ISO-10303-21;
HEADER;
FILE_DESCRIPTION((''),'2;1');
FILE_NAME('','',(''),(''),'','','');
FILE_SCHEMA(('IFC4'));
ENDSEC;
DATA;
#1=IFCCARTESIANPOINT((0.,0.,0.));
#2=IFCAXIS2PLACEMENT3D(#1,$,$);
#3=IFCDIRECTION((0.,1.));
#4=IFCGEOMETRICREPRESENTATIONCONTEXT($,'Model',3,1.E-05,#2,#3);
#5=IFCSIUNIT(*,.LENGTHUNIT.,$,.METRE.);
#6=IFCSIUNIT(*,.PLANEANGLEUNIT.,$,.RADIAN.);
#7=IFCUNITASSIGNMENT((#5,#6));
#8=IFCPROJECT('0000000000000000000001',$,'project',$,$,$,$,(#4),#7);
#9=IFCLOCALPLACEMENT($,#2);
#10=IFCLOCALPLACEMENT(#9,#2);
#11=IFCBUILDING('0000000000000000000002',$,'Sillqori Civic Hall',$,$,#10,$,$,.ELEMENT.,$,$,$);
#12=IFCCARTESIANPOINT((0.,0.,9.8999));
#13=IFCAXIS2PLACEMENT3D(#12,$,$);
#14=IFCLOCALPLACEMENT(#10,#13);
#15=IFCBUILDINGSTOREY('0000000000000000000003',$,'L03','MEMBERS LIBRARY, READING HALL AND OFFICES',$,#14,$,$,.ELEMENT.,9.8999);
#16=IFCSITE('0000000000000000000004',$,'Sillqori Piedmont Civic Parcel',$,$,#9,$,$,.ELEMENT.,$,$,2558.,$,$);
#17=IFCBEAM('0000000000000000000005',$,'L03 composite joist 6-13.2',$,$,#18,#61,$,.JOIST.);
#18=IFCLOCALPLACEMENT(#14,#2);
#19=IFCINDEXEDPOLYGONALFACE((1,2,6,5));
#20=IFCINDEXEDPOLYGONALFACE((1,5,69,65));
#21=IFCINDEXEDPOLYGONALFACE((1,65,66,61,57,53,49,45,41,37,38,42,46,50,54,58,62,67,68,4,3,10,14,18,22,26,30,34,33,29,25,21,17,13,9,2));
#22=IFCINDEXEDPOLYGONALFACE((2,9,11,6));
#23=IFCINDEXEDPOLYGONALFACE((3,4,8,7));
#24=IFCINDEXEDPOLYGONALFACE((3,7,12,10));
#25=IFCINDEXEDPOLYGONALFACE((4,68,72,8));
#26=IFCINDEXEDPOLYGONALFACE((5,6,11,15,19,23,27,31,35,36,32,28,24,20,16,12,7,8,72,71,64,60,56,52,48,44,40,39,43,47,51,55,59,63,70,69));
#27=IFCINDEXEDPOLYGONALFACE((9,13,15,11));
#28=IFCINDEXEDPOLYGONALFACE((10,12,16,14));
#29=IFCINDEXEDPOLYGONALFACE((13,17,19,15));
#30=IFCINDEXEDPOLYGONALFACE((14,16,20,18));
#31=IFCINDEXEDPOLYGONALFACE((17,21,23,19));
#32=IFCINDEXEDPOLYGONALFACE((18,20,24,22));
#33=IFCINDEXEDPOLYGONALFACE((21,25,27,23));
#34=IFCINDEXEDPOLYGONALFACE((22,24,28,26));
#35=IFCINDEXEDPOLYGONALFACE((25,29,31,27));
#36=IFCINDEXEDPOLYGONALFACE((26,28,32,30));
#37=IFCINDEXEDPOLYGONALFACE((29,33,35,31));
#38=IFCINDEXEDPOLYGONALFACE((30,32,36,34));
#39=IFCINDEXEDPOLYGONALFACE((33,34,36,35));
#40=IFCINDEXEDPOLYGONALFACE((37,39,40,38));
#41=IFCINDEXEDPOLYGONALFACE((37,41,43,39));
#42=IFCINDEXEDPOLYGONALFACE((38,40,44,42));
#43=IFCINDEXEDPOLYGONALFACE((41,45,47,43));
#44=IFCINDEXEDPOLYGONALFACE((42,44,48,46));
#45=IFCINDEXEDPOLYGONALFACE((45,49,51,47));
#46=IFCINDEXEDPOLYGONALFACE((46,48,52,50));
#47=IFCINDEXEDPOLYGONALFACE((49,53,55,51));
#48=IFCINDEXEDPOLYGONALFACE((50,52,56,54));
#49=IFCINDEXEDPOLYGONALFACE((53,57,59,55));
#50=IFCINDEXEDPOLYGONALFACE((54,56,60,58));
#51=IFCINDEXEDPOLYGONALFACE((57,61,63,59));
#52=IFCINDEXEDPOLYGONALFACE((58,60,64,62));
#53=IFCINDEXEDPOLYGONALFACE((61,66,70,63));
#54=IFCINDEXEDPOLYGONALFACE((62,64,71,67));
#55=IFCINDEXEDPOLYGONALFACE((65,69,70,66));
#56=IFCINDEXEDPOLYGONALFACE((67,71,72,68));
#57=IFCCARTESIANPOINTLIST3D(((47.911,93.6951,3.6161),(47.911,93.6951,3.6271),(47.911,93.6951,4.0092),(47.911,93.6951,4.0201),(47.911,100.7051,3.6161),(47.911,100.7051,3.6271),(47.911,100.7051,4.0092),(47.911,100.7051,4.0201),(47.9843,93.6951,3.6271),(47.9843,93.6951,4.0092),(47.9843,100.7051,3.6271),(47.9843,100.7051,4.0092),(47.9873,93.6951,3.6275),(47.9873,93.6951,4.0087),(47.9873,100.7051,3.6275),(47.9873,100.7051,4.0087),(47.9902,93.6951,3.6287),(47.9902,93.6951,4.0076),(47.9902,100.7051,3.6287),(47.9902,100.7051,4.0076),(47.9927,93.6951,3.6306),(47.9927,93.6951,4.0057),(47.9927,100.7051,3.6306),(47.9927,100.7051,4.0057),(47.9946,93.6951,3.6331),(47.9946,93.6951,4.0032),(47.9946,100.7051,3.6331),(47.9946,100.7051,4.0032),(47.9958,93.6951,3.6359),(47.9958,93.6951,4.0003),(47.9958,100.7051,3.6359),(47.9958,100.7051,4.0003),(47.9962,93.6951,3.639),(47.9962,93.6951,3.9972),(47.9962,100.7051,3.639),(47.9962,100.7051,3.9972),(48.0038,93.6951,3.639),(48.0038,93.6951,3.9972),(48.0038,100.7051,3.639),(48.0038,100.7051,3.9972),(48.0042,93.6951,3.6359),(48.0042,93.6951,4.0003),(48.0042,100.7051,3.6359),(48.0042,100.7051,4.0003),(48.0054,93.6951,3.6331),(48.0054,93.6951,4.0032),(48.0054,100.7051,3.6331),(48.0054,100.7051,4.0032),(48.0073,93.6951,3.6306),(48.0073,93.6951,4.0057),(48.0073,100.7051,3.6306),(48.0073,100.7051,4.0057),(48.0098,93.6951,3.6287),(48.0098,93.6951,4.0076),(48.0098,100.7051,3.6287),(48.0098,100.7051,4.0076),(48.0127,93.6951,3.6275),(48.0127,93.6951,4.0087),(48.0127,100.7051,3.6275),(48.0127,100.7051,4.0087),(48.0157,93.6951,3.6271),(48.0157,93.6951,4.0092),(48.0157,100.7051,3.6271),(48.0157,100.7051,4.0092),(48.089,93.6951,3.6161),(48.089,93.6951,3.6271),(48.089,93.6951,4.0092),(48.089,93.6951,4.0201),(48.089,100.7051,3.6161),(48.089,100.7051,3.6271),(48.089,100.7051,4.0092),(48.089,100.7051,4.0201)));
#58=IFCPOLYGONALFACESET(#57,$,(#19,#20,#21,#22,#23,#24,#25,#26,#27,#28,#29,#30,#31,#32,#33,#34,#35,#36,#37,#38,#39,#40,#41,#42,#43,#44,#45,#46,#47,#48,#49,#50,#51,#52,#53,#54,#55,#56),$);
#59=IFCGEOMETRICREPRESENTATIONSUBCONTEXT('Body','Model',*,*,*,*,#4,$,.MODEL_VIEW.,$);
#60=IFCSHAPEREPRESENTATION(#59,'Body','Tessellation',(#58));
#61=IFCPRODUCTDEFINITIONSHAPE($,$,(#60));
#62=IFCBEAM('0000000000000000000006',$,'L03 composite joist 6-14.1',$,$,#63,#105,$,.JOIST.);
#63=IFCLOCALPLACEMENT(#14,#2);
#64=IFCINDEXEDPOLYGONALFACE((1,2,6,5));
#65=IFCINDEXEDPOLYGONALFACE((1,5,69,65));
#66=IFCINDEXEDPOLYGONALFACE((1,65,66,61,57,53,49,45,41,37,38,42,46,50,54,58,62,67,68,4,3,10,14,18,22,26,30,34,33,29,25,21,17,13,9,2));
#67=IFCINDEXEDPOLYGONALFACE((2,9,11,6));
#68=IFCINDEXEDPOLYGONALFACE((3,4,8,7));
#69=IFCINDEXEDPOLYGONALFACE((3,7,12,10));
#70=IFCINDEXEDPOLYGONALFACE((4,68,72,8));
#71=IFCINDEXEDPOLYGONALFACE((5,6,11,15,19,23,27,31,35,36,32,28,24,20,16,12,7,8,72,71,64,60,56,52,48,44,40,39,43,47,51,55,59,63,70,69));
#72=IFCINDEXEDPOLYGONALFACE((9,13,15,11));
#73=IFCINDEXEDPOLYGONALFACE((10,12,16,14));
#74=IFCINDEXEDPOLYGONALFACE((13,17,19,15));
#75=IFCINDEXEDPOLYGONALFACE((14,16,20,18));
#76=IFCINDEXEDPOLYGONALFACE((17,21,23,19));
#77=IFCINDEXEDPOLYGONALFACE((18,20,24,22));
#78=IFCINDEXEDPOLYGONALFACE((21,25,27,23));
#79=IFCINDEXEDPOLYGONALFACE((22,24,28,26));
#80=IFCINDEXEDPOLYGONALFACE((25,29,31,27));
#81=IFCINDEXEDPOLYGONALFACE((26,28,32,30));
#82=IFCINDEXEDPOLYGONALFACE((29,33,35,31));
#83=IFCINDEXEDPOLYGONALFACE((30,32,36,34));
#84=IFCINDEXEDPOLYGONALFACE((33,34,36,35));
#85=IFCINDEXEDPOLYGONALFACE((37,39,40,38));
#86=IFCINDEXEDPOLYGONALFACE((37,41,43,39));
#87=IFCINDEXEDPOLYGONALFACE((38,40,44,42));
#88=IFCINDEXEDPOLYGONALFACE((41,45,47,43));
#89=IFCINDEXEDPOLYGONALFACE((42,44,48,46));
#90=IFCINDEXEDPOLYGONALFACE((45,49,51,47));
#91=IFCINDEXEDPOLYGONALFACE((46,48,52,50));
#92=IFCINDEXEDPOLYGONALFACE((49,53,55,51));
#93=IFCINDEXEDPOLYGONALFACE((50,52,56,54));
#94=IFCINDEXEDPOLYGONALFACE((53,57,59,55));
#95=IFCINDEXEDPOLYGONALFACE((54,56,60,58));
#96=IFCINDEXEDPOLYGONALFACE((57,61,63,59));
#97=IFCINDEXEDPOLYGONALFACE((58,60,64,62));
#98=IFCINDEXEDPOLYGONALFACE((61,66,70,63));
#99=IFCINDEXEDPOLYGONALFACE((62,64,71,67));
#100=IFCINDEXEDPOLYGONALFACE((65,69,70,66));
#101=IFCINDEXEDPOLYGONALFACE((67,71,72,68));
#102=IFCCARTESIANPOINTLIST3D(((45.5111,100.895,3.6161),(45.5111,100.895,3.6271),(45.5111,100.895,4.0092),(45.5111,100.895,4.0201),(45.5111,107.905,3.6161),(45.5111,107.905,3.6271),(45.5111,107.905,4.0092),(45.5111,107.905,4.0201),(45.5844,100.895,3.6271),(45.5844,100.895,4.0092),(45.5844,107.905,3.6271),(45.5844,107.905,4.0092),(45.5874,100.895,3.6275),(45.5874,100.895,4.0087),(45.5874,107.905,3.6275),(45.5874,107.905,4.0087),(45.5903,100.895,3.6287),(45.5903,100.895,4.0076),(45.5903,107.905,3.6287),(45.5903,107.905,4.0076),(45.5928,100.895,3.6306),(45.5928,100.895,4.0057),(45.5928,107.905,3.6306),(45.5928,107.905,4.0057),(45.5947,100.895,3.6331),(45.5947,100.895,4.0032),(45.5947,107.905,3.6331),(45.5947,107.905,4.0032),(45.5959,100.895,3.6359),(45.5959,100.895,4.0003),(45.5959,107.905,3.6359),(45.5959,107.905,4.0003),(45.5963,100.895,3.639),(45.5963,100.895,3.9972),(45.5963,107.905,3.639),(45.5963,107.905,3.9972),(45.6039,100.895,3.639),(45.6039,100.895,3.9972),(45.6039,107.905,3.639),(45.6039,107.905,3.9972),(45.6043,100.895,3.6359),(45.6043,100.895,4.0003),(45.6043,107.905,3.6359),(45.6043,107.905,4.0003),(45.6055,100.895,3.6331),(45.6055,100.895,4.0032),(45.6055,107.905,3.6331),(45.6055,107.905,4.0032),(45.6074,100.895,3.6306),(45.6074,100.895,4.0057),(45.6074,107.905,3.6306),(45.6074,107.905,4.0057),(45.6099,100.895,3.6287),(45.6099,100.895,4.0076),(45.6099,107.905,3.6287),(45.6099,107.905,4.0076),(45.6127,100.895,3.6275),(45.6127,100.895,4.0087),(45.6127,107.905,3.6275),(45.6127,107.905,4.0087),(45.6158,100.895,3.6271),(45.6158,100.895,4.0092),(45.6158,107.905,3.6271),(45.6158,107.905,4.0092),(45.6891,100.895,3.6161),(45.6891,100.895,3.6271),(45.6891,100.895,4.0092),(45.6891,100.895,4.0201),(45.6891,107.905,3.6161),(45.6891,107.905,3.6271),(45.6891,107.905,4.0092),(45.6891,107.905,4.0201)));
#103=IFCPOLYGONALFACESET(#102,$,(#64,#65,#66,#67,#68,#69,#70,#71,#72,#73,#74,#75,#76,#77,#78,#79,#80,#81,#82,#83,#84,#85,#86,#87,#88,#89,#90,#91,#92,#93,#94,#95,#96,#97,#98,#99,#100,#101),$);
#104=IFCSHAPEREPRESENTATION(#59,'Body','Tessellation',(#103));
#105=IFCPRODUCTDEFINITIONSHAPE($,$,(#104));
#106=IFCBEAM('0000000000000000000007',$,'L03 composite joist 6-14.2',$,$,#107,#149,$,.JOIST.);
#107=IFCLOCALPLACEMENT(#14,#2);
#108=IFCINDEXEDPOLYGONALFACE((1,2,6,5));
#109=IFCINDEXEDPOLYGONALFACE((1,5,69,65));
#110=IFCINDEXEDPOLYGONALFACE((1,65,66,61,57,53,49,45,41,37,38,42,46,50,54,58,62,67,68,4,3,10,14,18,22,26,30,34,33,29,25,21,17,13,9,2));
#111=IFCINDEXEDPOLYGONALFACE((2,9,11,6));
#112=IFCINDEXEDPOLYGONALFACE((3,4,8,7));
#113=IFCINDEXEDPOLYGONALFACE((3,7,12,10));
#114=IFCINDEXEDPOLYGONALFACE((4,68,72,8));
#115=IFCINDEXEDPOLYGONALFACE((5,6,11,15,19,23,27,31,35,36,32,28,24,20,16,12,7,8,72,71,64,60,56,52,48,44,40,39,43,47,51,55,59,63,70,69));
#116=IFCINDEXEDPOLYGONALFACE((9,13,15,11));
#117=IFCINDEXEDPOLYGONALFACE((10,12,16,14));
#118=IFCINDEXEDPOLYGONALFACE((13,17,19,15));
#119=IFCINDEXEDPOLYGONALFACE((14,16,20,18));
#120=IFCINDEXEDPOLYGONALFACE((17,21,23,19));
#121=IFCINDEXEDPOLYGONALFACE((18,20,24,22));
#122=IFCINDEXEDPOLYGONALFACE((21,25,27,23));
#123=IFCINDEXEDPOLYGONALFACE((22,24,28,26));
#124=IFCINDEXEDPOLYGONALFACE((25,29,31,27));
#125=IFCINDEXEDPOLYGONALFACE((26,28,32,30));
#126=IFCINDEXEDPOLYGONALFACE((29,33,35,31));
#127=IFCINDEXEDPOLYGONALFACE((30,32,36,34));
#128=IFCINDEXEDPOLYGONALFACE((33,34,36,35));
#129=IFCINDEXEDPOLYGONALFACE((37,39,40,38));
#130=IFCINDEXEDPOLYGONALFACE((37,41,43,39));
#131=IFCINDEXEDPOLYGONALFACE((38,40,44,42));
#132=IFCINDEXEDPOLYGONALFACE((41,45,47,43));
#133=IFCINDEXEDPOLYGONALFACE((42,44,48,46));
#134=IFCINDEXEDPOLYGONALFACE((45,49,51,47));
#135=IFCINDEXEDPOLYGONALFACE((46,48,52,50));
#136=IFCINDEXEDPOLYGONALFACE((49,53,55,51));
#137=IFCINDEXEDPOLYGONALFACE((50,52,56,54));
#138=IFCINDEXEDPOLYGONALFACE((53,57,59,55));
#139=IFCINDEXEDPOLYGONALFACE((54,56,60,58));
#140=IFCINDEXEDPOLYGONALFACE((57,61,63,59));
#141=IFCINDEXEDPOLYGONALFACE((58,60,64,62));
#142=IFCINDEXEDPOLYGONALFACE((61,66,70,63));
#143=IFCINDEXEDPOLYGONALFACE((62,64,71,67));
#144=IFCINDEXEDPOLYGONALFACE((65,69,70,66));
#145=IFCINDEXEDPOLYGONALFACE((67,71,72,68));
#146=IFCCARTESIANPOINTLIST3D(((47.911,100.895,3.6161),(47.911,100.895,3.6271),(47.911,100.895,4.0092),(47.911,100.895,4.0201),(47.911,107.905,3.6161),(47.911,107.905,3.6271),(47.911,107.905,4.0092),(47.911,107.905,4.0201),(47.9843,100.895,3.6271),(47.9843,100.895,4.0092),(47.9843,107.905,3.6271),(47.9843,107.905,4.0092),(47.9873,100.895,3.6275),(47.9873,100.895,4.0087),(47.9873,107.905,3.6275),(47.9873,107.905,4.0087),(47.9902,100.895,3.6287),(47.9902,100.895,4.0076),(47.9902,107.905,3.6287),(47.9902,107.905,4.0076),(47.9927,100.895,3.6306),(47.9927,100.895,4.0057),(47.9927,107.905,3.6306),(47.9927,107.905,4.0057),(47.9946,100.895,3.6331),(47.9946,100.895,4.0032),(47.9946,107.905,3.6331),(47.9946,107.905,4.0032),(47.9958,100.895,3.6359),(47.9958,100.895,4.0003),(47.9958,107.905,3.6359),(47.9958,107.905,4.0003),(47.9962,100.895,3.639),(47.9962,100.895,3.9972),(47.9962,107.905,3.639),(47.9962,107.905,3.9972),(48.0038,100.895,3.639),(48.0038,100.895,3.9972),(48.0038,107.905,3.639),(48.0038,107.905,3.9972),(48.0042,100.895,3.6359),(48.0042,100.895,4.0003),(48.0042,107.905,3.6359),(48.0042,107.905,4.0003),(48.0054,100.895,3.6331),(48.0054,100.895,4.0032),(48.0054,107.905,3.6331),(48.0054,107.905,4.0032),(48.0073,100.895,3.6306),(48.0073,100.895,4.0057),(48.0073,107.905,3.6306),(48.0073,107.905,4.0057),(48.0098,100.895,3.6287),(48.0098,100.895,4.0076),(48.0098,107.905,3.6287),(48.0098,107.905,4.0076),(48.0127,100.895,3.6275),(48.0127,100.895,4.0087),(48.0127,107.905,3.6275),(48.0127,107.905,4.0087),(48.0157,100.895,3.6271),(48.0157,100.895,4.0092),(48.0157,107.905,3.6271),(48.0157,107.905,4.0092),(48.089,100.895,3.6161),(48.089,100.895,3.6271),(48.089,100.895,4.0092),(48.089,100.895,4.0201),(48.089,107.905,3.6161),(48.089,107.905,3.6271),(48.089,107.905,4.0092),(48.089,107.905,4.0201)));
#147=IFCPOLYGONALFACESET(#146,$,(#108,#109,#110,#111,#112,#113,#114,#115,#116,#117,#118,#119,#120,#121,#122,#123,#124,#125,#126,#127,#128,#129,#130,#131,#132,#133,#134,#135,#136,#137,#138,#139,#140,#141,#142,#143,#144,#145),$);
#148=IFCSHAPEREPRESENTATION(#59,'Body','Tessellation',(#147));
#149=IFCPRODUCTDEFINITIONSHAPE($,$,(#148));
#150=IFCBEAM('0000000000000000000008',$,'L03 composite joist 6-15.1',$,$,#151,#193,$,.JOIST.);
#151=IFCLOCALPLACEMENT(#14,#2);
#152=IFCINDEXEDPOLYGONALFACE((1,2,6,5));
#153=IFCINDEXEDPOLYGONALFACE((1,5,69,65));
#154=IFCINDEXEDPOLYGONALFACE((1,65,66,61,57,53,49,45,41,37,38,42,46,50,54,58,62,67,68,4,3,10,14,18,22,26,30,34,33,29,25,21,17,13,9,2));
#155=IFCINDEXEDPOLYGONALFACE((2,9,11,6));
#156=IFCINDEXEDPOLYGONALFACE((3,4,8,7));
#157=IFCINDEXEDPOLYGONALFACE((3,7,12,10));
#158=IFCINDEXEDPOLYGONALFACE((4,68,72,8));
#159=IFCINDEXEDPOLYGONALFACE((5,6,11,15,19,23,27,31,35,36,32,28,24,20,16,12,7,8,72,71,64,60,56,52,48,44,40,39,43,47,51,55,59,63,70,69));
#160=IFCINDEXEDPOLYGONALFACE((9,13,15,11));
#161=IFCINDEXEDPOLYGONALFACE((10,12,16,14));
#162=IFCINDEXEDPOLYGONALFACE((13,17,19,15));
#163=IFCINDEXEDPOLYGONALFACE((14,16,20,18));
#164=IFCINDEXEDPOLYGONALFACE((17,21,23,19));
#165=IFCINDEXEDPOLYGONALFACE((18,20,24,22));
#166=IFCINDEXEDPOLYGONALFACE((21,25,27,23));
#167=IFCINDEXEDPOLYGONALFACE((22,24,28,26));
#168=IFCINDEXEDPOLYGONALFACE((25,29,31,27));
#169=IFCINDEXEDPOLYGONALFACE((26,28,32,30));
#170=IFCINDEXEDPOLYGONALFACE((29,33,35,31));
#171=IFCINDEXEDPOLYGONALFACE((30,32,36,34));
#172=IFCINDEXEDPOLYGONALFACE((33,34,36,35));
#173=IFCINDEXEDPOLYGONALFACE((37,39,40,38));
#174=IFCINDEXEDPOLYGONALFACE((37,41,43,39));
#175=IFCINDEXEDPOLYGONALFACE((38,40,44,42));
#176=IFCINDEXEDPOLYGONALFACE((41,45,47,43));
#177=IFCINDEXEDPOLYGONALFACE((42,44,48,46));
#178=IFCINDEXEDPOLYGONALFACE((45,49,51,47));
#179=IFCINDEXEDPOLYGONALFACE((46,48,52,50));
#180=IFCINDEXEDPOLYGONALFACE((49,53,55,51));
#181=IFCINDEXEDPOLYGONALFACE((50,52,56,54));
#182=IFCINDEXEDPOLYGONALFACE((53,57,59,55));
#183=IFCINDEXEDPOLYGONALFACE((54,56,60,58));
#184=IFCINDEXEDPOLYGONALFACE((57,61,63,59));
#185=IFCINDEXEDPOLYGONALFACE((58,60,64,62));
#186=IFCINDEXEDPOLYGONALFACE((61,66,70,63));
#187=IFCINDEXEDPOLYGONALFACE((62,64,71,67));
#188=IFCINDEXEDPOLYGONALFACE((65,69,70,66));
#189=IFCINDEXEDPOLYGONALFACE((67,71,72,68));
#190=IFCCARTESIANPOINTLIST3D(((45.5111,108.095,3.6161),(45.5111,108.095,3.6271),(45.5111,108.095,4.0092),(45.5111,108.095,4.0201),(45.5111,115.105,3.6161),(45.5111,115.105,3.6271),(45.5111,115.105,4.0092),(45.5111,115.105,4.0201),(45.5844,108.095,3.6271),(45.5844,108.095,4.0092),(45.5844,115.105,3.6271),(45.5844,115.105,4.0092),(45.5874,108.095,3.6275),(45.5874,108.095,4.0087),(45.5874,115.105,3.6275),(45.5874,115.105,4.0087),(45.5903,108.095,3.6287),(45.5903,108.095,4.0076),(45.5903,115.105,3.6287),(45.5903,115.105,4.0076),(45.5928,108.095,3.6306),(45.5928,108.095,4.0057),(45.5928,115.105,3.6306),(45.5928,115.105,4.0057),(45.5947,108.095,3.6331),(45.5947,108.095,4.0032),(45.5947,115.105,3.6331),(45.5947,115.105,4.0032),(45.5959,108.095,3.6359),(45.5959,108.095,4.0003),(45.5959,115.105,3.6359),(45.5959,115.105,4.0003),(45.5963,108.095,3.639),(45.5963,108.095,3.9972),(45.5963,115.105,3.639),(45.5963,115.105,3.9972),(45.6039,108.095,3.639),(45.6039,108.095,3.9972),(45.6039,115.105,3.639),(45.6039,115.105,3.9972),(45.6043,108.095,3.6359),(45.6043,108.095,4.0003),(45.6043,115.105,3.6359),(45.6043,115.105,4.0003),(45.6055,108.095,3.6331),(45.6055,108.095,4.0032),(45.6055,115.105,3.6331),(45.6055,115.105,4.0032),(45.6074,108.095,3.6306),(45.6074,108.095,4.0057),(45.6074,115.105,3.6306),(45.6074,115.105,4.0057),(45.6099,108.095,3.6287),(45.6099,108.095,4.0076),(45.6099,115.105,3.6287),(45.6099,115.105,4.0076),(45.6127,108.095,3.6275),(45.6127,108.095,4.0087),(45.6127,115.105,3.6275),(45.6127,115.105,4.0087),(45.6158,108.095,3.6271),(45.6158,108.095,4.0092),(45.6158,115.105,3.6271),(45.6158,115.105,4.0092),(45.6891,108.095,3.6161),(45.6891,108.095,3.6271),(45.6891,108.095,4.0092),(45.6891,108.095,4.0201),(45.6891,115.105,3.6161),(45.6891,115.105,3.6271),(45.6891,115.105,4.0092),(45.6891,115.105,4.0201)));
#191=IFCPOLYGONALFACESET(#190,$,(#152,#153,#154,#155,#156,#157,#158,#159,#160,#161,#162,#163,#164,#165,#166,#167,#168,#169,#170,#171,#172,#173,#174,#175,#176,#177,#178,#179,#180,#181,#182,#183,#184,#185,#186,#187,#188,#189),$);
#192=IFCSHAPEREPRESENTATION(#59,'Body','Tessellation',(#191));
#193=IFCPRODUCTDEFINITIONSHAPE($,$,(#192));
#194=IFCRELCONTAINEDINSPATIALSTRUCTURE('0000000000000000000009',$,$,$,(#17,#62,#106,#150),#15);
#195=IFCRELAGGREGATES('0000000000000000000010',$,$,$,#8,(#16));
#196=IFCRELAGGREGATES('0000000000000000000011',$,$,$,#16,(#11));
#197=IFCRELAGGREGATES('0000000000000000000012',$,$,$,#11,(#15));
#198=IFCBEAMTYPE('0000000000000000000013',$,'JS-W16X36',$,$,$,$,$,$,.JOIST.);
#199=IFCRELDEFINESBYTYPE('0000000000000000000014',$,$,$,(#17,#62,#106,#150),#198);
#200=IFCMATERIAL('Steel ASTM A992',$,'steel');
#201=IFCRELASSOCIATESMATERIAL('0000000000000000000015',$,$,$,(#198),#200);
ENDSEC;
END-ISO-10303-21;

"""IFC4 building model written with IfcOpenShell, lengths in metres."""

from ifc_helpers import new_model, si_unit, direction, frame, origin, origin_2d, place, context, subcontext, project, spatial, i_section, extrude, material, material_profile, profile_set, type_object, element, save


model = new_model("IFC4")

# Units and contexts
model_context = context("Model", 3, precision=1e-05, world=origin(), true_north=direction((0.0, 1.0)))
body_context = subcontext(model_context, "Body", "Model", "MODEL_VIEW")
ifc_project = project(units=[si_unit("LENGTHUNIT", "METRE"), si_unit("PLANEANGLEUNIT", "RADIAN")], contexts=[model_context])

# Site, building, storey
site_placement = place(None, origin())
site = spatial("IfcSite", under=ifc_project, at=site_placement, Name="Sillqori Piedmont Civic Parcel", CompositionType="ELEMENT", RefElevation=2558.0)
building_placement = place(site_placement, origin())
building = spatial("IfcBuilding", under=site, at=building_placement, Name="Sillqori Civic Hall", CompositionType="ELEMENT")
storey_placement = place(building_placement, frame((0.0, 0.0, 9.8999)))
storey = spatial("IfcBuildingStorey", under=building, at=storey_placement, Name="L03", Description="MEMBERS LIBRARY, READING HALL AND OFFICES", CompositionType="ELEMENT", Elevation=9.8999)

# Shared definitions
ifc_material_1 = material(Name="Steel ASTM A992", Category="steel")

# Beams
ifc_material_profile_1 = material_profile(ifc_material_1, i_section(OverallWidth=0.178, OverallDepth=0.4041, WebThickness=0.0076, FlangeThickness=0.011, FilletRadius=0.012, at=origin_2d()), Name="W16X36")
ifc_profile_set_1 = profile_set([ifc_material_profile_1], Name="Steel ASTM A992")
beam_type_1 = type_object("IfcBeamType", Name="JS-W16X36", PredefinedType="JOIST", material=ifc_profile_set_1)
for number, where, z_axis, x_axis, name in (
    (1, (48.0, 93.6951, 3.8181), (0.0, 1.0, 0.0), (-1.0, 0.0, 0.0), "L03 composite joist 6-13.2"),
    (2, (45.6001, 100.895, 3.8181), (0.0, 1.0, 0.0), (-1.0, 0.0, 0.0), "L03 composite joist 6-14.1"),
    (3, (48.0, 100.895, 3.8181), (0.0, 1.0, 0.0), (-1.0, 0.0, 0.0), "L03 composite joist 6-14.2"),
    (4, (45.6001, 108.095, 3.8181), (0.0, 1.0, 0.0), (-1.0, 0.0, 0.0), "L03 composite joist 6-15.1"),
):
    element("IfcBeam", number, at=place(storey_placement, frame(where, z_axis=z_axis, x_axis=x_axis)), inside=storey, type_object=beam_type_1, Name=name, PredefinedType="JOIST", context=body_context, shape_type="SweptSolid", body=[
        extrude(i_section(OverallWidth=0.178, OverallDepth=0.4041, WebThickness=0.0076, FlangeThickness=0.011, FilletRadius=0.012, at=origin_2d()), origin(), (0.0, 0.0, 1.0), 7.01),
    ])

save(model, "model.ifc")
